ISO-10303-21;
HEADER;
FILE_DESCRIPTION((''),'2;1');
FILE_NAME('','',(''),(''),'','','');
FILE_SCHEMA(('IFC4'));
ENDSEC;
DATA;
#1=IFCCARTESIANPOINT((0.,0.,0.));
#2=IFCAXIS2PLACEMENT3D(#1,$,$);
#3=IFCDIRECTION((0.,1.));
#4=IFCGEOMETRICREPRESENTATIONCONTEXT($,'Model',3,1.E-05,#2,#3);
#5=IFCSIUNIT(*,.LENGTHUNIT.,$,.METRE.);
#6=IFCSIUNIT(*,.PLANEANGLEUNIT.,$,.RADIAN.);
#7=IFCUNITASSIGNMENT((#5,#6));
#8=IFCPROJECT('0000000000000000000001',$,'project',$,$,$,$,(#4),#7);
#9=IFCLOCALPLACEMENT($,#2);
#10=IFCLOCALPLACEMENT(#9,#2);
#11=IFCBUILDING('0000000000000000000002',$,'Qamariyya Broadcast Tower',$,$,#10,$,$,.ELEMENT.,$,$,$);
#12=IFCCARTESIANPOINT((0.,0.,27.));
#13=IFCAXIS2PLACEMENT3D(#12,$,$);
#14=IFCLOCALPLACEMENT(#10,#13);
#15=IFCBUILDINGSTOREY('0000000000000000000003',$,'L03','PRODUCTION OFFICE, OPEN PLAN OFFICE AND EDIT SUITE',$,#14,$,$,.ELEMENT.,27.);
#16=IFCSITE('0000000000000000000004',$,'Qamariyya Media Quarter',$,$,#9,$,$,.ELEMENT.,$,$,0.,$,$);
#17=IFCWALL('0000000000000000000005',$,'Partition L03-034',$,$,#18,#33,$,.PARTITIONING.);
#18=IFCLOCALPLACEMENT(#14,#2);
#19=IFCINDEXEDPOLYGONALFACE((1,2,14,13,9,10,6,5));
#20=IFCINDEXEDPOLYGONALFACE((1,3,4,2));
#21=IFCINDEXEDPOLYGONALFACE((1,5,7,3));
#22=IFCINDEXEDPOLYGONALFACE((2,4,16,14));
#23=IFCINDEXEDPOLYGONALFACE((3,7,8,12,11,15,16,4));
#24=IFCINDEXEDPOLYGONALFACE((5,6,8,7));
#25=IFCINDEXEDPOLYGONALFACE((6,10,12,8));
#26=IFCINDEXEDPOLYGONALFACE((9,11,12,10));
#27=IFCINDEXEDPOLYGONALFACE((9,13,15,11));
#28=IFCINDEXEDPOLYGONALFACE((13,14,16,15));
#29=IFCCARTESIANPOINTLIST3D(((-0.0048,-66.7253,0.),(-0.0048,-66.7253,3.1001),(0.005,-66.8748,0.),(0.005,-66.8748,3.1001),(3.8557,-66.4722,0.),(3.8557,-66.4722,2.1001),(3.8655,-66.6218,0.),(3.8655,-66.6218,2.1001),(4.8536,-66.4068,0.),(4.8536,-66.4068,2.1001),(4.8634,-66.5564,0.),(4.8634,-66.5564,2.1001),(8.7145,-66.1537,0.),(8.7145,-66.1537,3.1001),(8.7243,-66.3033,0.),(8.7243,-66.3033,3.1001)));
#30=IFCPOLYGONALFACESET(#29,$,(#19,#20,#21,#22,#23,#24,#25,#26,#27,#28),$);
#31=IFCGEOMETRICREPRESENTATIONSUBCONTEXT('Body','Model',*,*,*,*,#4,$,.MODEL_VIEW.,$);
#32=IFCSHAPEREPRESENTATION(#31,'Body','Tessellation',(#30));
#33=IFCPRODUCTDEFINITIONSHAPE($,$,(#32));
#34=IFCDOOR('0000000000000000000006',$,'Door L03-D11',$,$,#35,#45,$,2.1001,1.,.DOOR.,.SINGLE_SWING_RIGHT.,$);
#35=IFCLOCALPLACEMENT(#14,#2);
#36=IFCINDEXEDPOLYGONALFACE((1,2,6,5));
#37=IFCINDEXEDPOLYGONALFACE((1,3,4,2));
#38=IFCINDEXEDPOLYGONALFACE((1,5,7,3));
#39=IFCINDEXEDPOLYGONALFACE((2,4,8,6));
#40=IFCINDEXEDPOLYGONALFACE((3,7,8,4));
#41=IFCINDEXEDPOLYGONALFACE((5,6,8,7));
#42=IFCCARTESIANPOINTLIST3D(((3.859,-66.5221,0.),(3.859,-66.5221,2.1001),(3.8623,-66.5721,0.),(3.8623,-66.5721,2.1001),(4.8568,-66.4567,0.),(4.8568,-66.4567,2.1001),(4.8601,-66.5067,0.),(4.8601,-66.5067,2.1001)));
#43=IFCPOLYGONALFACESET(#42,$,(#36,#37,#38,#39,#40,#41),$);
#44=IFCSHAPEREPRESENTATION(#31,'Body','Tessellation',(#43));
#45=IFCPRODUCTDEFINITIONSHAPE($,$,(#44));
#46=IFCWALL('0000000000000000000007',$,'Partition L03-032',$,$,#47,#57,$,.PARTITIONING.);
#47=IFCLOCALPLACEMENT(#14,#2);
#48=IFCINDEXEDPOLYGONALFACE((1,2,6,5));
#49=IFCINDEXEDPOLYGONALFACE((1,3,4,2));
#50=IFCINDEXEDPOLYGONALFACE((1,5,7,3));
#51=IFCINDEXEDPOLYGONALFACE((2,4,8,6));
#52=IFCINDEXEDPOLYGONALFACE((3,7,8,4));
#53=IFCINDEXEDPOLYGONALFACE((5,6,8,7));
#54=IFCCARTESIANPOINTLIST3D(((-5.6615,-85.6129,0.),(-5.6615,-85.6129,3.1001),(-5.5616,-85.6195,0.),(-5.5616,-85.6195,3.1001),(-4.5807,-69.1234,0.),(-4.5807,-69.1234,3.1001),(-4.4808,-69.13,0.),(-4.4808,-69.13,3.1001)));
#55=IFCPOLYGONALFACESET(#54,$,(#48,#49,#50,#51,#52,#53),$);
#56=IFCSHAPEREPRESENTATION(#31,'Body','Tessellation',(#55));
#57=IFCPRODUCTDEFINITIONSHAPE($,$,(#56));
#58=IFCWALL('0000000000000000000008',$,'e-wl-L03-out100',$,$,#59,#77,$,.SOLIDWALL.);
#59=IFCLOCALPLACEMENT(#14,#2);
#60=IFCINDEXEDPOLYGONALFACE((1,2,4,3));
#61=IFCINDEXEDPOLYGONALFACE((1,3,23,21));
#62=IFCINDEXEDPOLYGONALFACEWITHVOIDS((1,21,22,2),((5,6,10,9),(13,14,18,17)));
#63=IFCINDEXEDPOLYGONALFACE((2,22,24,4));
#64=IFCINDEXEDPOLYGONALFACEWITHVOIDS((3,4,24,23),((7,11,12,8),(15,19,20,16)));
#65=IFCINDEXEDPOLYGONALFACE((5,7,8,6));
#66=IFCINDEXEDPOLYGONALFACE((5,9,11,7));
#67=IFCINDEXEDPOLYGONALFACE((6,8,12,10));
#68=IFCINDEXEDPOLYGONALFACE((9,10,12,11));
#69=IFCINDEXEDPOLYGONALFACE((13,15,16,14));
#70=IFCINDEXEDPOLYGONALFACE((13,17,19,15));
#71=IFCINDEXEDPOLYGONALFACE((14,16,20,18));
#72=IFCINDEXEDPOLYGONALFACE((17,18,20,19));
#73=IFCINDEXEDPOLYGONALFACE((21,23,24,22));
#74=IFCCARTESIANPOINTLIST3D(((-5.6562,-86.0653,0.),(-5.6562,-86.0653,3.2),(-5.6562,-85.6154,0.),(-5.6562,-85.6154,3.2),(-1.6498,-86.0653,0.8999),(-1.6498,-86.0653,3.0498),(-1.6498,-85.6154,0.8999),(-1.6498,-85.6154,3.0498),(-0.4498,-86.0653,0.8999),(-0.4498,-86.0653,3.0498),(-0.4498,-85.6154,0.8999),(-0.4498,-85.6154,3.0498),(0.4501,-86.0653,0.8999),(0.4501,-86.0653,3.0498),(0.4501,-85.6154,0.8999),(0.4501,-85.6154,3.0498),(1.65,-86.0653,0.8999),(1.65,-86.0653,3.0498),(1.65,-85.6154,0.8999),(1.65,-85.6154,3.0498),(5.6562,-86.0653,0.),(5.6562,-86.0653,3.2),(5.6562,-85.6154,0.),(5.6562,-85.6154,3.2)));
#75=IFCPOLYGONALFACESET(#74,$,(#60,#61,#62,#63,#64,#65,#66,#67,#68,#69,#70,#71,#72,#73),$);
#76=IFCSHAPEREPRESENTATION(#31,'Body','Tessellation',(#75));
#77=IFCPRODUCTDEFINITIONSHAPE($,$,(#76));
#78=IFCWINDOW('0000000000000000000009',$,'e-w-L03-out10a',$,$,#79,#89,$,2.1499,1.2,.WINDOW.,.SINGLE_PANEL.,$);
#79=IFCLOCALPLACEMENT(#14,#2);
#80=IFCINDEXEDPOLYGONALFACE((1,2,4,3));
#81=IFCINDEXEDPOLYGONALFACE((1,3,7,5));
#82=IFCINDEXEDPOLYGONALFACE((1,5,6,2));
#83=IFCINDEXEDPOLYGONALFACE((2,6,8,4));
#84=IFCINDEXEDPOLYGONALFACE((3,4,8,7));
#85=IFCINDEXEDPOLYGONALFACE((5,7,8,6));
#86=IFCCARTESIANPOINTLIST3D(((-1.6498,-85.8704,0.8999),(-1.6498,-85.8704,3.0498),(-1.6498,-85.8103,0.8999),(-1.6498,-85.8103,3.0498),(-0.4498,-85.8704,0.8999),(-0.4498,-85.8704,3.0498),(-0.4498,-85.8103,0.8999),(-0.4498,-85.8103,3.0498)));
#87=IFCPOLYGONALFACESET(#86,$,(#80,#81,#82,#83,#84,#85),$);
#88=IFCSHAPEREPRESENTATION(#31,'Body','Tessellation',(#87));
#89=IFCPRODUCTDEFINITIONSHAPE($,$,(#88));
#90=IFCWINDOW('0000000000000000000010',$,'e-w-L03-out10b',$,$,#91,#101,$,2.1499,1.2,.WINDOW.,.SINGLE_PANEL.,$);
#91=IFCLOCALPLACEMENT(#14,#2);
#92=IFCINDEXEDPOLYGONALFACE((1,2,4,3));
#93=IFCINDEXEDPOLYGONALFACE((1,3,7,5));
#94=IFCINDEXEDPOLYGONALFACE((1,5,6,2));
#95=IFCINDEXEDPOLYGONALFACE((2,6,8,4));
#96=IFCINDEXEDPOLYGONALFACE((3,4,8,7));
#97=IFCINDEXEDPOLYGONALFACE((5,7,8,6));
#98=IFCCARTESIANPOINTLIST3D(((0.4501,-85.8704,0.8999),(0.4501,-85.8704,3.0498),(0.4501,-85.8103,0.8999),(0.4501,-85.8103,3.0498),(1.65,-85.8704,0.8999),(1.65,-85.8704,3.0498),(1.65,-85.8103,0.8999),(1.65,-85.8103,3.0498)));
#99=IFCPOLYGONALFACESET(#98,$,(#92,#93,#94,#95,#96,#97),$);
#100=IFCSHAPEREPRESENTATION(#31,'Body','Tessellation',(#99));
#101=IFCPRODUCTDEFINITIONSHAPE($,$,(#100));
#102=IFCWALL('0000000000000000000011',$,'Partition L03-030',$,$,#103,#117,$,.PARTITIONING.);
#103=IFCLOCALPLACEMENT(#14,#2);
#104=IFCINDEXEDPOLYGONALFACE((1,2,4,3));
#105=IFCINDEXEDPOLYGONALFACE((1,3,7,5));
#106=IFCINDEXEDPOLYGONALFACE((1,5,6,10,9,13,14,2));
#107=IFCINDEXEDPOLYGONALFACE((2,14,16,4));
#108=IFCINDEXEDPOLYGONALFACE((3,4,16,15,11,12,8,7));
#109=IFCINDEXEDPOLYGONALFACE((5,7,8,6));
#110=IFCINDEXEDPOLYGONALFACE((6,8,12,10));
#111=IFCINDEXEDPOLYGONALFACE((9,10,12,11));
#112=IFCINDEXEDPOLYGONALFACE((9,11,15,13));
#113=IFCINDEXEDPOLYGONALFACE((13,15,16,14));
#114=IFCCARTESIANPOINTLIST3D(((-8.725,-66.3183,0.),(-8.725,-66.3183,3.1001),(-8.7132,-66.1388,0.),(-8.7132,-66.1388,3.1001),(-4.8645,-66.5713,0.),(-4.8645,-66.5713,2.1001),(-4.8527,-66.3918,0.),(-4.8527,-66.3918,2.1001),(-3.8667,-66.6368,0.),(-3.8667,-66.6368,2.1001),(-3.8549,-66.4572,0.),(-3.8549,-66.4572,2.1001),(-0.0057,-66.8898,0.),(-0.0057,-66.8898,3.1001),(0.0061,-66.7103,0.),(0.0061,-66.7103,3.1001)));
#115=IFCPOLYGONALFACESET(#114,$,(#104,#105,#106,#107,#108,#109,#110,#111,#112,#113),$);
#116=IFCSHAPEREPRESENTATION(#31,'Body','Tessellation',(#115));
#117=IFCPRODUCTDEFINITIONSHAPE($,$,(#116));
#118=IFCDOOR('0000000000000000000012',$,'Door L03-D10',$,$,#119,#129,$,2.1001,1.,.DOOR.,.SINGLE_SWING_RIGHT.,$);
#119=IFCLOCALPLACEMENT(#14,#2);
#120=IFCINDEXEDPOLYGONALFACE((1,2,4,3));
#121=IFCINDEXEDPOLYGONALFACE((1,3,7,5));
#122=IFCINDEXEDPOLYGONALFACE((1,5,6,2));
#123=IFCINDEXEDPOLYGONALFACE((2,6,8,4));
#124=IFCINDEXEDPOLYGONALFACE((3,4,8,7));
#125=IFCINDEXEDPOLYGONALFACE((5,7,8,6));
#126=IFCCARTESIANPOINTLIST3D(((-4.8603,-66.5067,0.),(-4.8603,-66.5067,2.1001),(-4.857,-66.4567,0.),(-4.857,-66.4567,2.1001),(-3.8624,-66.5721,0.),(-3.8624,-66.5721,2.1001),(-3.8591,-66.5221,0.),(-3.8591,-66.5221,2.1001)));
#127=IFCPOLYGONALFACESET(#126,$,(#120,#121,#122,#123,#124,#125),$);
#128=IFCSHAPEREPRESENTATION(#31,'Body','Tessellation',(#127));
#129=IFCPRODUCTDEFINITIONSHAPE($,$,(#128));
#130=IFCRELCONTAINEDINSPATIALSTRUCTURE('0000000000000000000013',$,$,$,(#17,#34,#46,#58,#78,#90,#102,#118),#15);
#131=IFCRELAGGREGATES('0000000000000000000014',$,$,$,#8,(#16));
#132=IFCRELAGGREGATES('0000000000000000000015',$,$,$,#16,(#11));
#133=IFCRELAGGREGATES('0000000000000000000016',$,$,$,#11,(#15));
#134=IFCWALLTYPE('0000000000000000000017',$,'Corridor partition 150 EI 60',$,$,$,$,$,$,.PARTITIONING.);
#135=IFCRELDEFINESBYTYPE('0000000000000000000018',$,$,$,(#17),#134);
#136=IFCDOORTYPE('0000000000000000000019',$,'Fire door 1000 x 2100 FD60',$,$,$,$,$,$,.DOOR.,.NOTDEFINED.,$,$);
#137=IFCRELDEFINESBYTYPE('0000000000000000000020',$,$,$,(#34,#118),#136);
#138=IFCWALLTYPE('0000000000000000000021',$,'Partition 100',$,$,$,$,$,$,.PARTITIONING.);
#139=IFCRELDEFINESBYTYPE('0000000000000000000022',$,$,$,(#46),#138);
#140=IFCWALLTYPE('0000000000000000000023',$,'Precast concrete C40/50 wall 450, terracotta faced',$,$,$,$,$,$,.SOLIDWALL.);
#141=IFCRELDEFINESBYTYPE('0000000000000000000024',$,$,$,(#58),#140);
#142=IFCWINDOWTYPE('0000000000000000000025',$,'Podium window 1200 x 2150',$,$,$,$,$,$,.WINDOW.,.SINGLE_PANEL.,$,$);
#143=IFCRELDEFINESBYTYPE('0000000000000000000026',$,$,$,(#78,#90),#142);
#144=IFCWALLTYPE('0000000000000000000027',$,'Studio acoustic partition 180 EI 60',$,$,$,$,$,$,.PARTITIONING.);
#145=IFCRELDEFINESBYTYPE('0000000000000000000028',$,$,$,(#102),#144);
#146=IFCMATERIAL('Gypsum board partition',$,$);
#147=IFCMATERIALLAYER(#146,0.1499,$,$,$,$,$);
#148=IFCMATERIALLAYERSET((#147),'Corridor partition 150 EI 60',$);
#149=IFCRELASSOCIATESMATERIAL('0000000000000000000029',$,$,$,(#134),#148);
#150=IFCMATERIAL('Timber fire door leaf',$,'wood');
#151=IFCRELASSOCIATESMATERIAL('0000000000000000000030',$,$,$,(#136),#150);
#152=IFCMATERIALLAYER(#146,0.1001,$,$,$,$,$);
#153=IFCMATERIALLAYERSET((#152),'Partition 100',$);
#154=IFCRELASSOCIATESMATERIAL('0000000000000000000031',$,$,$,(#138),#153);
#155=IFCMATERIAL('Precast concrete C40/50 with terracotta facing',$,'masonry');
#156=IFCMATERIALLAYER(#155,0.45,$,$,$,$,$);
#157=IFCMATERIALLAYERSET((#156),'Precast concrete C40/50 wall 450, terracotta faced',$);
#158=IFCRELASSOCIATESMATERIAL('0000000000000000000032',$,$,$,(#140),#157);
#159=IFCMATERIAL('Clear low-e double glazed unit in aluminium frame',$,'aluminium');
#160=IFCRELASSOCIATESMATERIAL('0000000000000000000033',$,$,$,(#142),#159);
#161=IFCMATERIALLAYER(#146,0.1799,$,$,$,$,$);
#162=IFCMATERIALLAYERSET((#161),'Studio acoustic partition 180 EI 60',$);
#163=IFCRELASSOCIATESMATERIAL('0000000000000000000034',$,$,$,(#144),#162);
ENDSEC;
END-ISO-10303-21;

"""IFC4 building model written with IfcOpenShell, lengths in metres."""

from ifc_helpers import new_model, si_unit, direction, frame, frame_2d, origin, place, context, subcontext, project, spatial, rectangle, extrude, material, layer, layer_set, type_object, element, fill, save


model = new_model("IFC4")

# Units and contexts
model_context = context("Model", 3, precision=1e-05, world=origin(), true_north=direction((0.0, 1.0)))
body_context = subcontext(model_context, "Body", "Model", "MODEL_VIEW")
ifc_project = project(units=[si_unit("LENGTHUNIT", "METRE"), si_unit("PLANEANGLEUNIT", "RADIAN")], contexts=[model_context])

# Site, building, storey
site_placement = place(None, origin())
site = spatial("IfcSite", under=ifc_project, at=site_placement, Name="Qamariyya Media Quarter", CompositionType="ELEMENT", RefElevation=0.0)
building_placement = place(site_placement, origin())
building = spatial("IfcBuilding", under=site, at=building_placement, Name="Qamariyya Broadcast Tower", CompositionType="ELEMENT")
storey_placement = place(building_placement, frame((0.0, 0.0, 27.0)))
storey = spatial("IfcBuildingStorey", under=building, at=storey_placement, Name="L03", Description="PRODUCTION OFFICE, OPEN PLAN OFFICE AND EDIT SUITE", CompositionType="ELEMENT", Elevation=27.0)

# Wall, opening, door
ifc_material_1 = material(Name="Gypsum board partition")
ifc_layer_1 = layer(ifc_material_1, 0.1499)
ifc_layer_set_1 = layer_set([ifc_layer_1], Name="Corridor partition 150 EI 60")
wall_type_1 = type_object("IfcWallType", Name="Corridor partition 150 EI 60", PredefinedType="PARTITIONING", material=ifc_layer_set_1)
ifc_material_2 = material(Name="Timber fire door leaf", Category="wood")
wall_1_placement = place(storey_placement, frame((0.0, -66.8, 0.0), z_axis=(0.0, 0.0, 1.0), x_axis=(0.997859, 0.065408, 0.0)))
wall_1 = element("IfcWall", 1, at=wall_1_placement, inside=storey, type_object=wall_type_1, Name="Partition L03-034", PredefinedType="PARTITIONING", context=body_context, shape_type="SweptSolid", body=[
    extrude(rectangle(XDim=8.738, YDim=0.1499, at=frame_2d((4.3691, 0.0))), origin(), (0.0, 0.0, 1.0), 3.1001),
])
opening_1_placement = place(wall_1_placement, frame((3.8689, 0.0, 0.0)))
opening_1 = element("IfcOpeningElement", 2, at=opening_1_placement, cuts=wall_1, PredefinedType="OPENING", context=body_context, shape_type="SweptSolid", body=[
    extrude(rectangle(XDim=1.0, YDim=2.1001, at=frame_2d((0.5, 1.05))), frame((0.0, 0.085, 0.0), z_axis=(0.0, -1.0, 0.0), x_axis=(1.0, 0.0, 0.0)), (0.0, 0.0, 1.0), 0.1699),
])
door_type_1 = type_object("IfcDoorType", Name="Fire door 1000 x 2100 FD60", OperationType="NOTDEFINED", PredefinedType="DOOR", material=ifc_material_2)
door_1_placement = place(opening_1_placement, origin())
door_1 = element("IfcDoor", 3, at=door_1_placement, inside=storey, type_object=door_type_1, Name="Door L03-D11", OperationType="SINGLE_SWING_RIGHT", OverallHeight=2.1001, OverallWidth=1.0, PredefinedType="DOOR", context=body_context, shape_type="SweptSolid", body=[
    extrude(rectangle(XDim=1.0, YDim=2.1001, at=frame_2d((0.5, 1.05))), frame((0.0, 0.0249, 0.0), z_axis=(0.0, -1.0, 0.0), x_axis=(1.0, 0.0, 0.0)), (0.0, 0.0, 1.0), 0.05),
])
fill(opening_1, door_1)

# Wall
ifc_layer_2 = layer(ifc_material_1, 0.1001)
ifc_layer_set_2 = layer_set([ifc_layer_2], Name="Partition 100")
wall_type_2 = type_object("IfcWallType", Name="Partition 100", PredefinedType="PARTITIONING", material=ifc_layer_set_2)
wall_2_placement = place(storey_placement, frame((-5.6116, -85.6162, 0.0), z_axis=(0.0, 0.0, 1.0), x_axis=(0.065405, 0.997859, 0.0)))
element("IfcWall", 4, at=wall_2_placement, inside=storey, type_object=wall_type_2, Name="Partition L03-032", PredefinedType="PARTITIONING", context=body_context, shape_type="SweptSolid", body=[
    extrude(rectangle(XDim=16.5249, YDim=0.1001, at=frame_2d((8.2625, 0.0))), origin(), (0.0, 0.0, 1.0), 3.1001),
])

# Wall, openings, windows
ifc_material_3 = material(Name="Precast concrete C40/50 with terracotta facing", Category="masonry")
ifc_layer_3 = layer(ifc_material_3, 0.45)
ifc_layer_set_3 = layer_set([ifc_layer_3], Name="Precast concrete C40/50 wall 450, terracotta faced")
wall_type_3 = type_object("IfcWallType", Name="Precast concrete C40/50 wall 450, terracotta faced", PredefinedType="SOLIDWALL", material=ifc_layer_set_3)
wall_3_placement = place(storey_placement, frame((-5.6562, -85.8403, 0.0), z_axis=(0.0, 0.0, 1.0), x_axis=(1.0, 0.0, 0.0)))
wall_3 = element("IfcWall", 5, at=wall_3_placement, inside=storey, type_object=wall_type_3, Name="e-wl-L03-out100", PredefinedType="SOLIDWALL", context=body_context, shape_type="SweptSolid", body=[
    extrude(rectangle(XDim=11.3125, YDim=0.45, at=frame_2d((5.6562, 0.0))), origin(), (0.0, 0.0, 1.0), 3.2),
])
opening_2_placement = place(wall_3_placement, frame((4.0063, 0.0, 0.8999)))
opening_2 = element("IfcOpeningElement", 6, at=opening_2_placement, cuts=wall_3, PredefinedType="OPENING", context=body_context, shape_type="SweptSolid", body=[
    extrude(rectangle(XDim=1.2, YDim=2.1499, at=frame_2d((0.6001, 1.075))), frame((0.0, 0.2349, 0.0), z_axis=(0.0, -1.0, 0.0), x_axis=(1.0, 0.0, 0.0)), (0.0, 0.0, 1.0), 0.47),
])
opening_3_placement = place(wall_3_placement, frame((6.1062, 0.0, 0.8999)))
opening_3 = element("IfcOpeningElement", 7, at=opening_3_placement, cuts=wall_3, PredefinedType="OPENING", context=body_context, shape_type="SweptSolid", body=[
    extrude(rectangle(XDim=1.2, YDim=2.1499, at=frame_2d((0.6001, 1.075))), frame((0.0, 0.2349, 0.0), z_axis=(0.0, -1.0, 0.0), x_axis=(1.0, 0.0, 0.0)), (0.0, 0.0, 1.0), 0.47),
])
ifc_material_4 = material(Name="Clear low-e double glazed unit in aluminium frame", Category="aluminium")
window_type = type_object("IfcWindowType", Name="Podium window 1200 x 2150", PartitioningType="SINGLE_PANEL", PredefinedType="WINDOW", material=ifc_material_4)
window_1_placement = place(opening_2_placement, origin())
window_1 = element("IfcWindow", 8, at=window_1_placement, inside=storey, type_object=window_type, Name="e-w-L03-out10a", OverallHeight=2.1499, OverallWidth=1.2, PartitioningType="SINGLE_PANEL", PredefinedType="WINDOW", context=body_context, shape_type="SweptSolid", body=[
    extrude(rectangle(XDim=1.2, YDim=2.1499, at=frame_2d((0.6001, 1.075))), frame((0.0, 0.03, 0.0), z_axis=(0.0, -1.0, 0.0), x_axis=(1.0, 0.0, 0.0)), (0.0, 0.0, 1.0), 0.0601),
])
fill(opening_2, window_1)
window_2_placement = place(opening_3_placement, origin())
window_2 = element("IfcWindow", 9, at=window_2_placement, inside=storey, type_object=window_type, Name="e-w-L03-out10b", OverallHeight=2.1499, OverallWidth=1.2, PartitioningType="SINGLE_PANEL", PredefinedType="WINDOW", context=body_context, shape_type="SweptSolid", body=[
    extrude(rectangle(XDim=1.2, YDim=2.1499, at=frame_2d((0.6001, 1.075))), frame((0.0, 0.03, 0.0), z_axis=(0.0, -1.0, 0.0), x_axis=(1.0, 0.0, 0.0)), (0.0, 0.0, 1.0), 0.0601),
])
fill(opening_3, window_2)

# Wall, opening, door
ifc_layer_4 = layer(ifc_material_1, 0.1799)
ifc_layer_set_4 = layer_set([ifc_layer_4], Name="Studio acoustic partition 180 EI 60")
wall_type_4 = type_object("IfcWallType", Name="Studio acoustic partition 180 EI 60", PredefinedType="PARTITIONING", material=ifc_layer_set_4)
wall_4_placement = place(storey_placement, frame((-8.7192, -66.2285, 0.0), z_axis=(0.0, 0.0, 1.0), x_axis=(0.997859, -0.065408, 0.0)))
wall_4 = element("IfcWall", 10, at=wall_4_placement, inside=storey, type_object=wall_type_4, Name="Partition L03-030", PredefinedType="PARTITIONING", context=body_context, shape_type="SweptSolid", body=[
    extrude(rectangle(XDim=8.738, YDim=0.1799, at=frame_2d((4.3691, 0.0))), origin(), (0.0, 0.0, 1.0), 3.1001),
])
opening_4_placement = place(wall_4_placement, frame((3.8689, 0.0, 0.0)))
opening_4 = element("IfcOpeningElement", 11, at=opening_4_placement, cuts=wall_4, PredefinedType="OPENING", context=body_context, shape_type="SweptSolid", body=[
    extrude(rectangle(XDim=1.0, YDim=2.1001, at=frame_2d((0.5, 1.05))), frame((0.0, 0.0999, 0.0), z_axis=(0.0, -1.0, 0.0), x_axis=(1.0, 0.0, 0.0)), (0.0, 0.0, 1.0), 0.2),
])
door_2_placement = place(opening_4_placement, origin())
door_2 = element("IfcDoor", 12, at=door_2_placement, inside=storey, type_object=door_type_1, Name="Door L03-D10", OperationType="SINGLE_SWING_RIGHT", OverallHeight=2.1001, OverallWidth=1.0, PredefinedType="DOOR", context=body_context, shape_type="SweptSolid", body=[
    extrude(rectangle(XDim=1.0, YDim=2.1001, at=frame_2d((0.5, 1.05))), frame((0.0, 0.0249, 0.0), z_axis=(0.0, -1.0, 0.0), x_axis=(1.0, 0.0, 0.0)), (0.0, 0.0, 1.0), 0.05),
])
fill(opening_4, door_2)

save(model, "model.ifc")
